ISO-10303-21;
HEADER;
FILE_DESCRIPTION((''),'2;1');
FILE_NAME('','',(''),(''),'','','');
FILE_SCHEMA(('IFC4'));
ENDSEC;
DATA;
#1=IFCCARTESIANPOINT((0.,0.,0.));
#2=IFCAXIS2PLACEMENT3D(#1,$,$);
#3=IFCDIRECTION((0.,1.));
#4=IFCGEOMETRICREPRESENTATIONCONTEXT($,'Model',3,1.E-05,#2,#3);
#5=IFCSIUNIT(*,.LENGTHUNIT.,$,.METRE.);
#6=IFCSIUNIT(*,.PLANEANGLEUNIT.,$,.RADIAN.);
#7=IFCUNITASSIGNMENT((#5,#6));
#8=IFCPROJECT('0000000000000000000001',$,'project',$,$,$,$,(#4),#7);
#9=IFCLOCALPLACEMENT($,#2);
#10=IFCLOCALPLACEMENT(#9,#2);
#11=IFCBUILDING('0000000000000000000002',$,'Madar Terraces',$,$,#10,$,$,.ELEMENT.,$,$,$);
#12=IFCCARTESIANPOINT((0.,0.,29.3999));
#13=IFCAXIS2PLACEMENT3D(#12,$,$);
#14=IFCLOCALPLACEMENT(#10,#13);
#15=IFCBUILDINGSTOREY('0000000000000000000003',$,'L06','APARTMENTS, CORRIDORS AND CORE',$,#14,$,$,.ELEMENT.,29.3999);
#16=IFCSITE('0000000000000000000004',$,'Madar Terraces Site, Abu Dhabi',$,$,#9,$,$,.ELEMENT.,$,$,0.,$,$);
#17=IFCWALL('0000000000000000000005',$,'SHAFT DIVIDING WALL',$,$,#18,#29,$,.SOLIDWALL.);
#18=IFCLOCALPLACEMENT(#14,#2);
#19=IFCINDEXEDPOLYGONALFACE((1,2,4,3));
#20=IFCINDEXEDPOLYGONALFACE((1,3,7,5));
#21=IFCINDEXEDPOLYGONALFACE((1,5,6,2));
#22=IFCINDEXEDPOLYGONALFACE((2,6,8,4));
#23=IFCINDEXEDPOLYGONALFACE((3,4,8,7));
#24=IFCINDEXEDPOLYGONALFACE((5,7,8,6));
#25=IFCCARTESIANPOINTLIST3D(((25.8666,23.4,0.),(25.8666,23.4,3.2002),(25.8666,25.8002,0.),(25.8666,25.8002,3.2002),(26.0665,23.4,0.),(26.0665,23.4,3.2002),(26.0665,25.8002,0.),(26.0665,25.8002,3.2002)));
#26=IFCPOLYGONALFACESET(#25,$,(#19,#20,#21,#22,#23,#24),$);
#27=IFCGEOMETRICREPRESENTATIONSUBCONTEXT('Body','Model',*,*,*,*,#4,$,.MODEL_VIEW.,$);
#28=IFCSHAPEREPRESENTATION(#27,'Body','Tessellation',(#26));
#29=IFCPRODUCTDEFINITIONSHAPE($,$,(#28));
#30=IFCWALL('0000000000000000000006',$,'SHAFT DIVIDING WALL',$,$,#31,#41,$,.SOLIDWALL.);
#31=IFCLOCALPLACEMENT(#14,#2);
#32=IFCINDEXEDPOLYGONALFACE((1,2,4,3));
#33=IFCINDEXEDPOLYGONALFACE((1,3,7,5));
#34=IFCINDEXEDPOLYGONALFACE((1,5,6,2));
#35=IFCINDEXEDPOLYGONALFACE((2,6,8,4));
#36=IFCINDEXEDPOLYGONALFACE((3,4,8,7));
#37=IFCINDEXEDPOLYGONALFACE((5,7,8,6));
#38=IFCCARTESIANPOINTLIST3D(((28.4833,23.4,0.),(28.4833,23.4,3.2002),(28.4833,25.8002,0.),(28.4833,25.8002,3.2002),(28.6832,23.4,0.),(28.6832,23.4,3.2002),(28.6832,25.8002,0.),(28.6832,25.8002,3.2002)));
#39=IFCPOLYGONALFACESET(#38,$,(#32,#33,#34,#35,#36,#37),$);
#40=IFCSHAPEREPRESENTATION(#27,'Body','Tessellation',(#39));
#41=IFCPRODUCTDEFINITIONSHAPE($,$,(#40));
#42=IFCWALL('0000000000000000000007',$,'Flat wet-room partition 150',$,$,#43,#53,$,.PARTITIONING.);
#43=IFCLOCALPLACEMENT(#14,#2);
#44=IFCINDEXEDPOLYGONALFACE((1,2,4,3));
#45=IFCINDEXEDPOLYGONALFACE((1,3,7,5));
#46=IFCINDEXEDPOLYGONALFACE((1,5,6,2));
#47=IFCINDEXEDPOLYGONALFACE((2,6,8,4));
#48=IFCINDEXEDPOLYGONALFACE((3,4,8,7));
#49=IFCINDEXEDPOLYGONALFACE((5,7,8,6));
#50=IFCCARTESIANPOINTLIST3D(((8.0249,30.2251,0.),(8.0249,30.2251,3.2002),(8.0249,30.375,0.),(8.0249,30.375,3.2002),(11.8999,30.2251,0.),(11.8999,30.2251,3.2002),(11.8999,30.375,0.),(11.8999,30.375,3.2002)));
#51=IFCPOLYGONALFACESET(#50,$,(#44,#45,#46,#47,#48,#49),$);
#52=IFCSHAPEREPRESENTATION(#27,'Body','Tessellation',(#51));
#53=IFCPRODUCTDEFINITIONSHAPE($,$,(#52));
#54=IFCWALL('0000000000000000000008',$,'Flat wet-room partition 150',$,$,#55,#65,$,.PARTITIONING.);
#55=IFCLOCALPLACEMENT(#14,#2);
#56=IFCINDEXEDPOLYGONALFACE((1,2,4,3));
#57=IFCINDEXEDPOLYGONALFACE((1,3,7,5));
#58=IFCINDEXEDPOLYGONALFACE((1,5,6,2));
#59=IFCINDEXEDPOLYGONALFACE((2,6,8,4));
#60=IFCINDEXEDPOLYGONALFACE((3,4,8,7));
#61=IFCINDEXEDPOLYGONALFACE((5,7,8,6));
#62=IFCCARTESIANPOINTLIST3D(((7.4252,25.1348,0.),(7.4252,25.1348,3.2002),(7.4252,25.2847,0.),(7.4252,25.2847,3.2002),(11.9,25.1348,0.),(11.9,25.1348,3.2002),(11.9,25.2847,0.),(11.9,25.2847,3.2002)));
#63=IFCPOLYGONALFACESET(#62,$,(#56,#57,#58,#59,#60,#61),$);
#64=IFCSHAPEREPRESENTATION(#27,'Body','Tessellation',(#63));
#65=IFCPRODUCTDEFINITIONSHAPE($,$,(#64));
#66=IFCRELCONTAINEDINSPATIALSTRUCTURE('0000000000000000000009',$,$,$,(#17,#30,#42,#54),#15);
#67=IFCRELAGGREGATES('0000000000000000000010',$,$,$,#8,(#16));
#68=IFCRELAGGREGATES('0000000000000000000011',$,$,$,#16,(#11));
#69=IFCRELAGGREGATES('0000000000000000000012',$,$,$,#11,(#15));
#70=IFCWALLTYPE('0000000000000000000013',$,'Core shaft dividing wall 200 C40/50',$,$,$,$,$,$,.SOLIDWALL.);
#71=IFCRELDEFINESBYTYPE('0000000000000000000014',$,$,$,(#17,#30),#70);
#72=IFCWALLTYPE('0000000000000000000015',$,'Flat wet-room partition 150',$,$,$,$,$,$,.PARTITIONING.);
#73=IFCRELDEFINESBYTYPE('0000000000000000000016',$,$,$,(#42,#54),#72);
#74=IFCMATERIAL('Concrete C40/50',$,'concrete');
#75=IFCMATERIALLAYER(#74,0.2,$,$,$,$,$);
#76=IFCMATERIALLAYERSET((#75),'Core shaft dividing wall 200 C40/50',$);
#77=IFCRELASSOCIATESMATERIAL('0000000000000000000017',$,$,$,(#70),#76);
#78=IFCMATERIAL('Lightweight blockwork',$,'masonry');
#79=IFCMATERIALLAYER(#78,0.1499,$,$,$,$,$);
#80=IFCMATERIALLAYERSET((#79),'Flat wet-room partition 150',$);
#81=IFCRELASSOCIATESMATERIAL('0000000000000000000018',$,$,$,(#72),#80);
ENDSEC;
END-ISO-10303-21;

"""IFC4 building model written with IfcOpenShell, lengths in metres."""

from ifc_helpers import new_model, si_unit, direction, frame, frame_2d, origin, place, context, subcontext, project, spatial, rectangle, extrude, material, layer, layer_set, type_object, element, save


model = new_model("IFC4")

# Units and contexts
model_context = context("Model", 3, precision=1e-05, world=origin(), true_north=direction((0.0, 1.0)))
body_context = subcontext(model_context, "Body", "Model", "MODEL_VIEW")
ifc_project = project(units=[si_unit("LENGTHUNIT", "METRE"), si_unit("PLANEANGLEUNIT", "RADIAN")], contexts=[model_context])

# Site, building, storey
site_placement = place(None, origin())
site = spatial("IfcSite", under=ifc_project, at=site_placement, Name="Madar Terraces Site, Abu Dhabi", CompositionType="ELEMENT", RefElevation=0.0)
building_placement = place(site_placement, origin())
building = spatial("IfcBuilding", under=site, at=building_placement, Name="Madar Terraces", CompositionType="ELEMENT")
storey_placement = place(building_placement, frame((0.0, 0.0, 29.3999)))
storey = spatial("IfcBuildingStorey", under=building, at=storey_placement, Name="L06", Description="APARTMENTS, CORRIDORS AND CORE", CompositionType="ELEMENT", Elevation=29.3999)

# Walls
ifc_material_1 = material(Name="Concrete C40/50", Category="concrete")
ifc_layer_1 = layer(ifc_material_1, 0.2)
ifc_layer_set_1 = layer_set([ifc_layer_1], Name="Core shaft dividing wall 200 C40/50")
wall_type_1 = type_object("IfcWallType", Name="Core shaft dividing wall 200 C40/50", PredefinedType="SOLIDWALL", material=ifc_layer_set_1)
for number, where, z_axis, x_axis, name in (
    (1, (25.9666, 23.3999, 0.0), (0.0, 0.0, 1.0), (0.0, 1.0, 0.0), "SHAFT DIVIDING WALL"),
    (2, (28.5833, 23.3999, 0.0), (0.0, 0.0, 1.0), (0.0, 1.0, 0.0), "SHAFT DIVIDING WALL"),
):
    element("IfcWall", number, at=place(storey_placement, frame(where, z_axis=z_axis, x_axis=x_axis)), inside=storey, type_object=wall_type_1, Name=name, PredefinedType="SOLIDWALL", context=body_context, shape_type="SweptSolid", body=[
        extrude(rectangle(XDim=2.4001, YDim=0.2, at=frame_2d((1.2002, 0.0))), origin(), (0.0, 0.0, 1.0), 3.2002),
    ])
ifc_material_2 = material(Name="Lightweight blockwork", Category="masonry")
ifc_layer_2 = layer(ifc_material_2, 0.1499)
ifc_layer_set_2 = layer_set([ifc_layer_2], Name="Flat wet-room partition 150")
wall_type_2 = type_object("IfcWallType", Name="Flat wet-room partition 150", PredefinedType="PARTITIONING", material=ifc_layer_set_2)
wall_1_placement = place(storey_placement, frame((11.8999, 30.3, 0.0), z_axis=(0.0, 0.0, 1.0), x_axis=(-1.0, 0.0, 0.0)))
element("IfcWall", 3, at=wall_1_placement, inside=storey, type_object=wall_type_2, Name="Flat wet-room partition 150", PredefinedType="PARTITIONING", context=body_context, shape_type="SweptSolid", body=[
    extrude(rectangle(XDim=3.875, YDim=0.1499, at=frame_2d((1.9375, 0.0))), origin(), (0.0, 0.0, 1.0), 3.2002),
])
wall_2_placement = place(storey_placement, frame((11.8999, 25.2097, 0.0), z_axis=(0.0, 0.0, 1.0), x_axis=(-1.0, 0.0, 0.0)))
element("IfcWall", 4, at=wall_2_placement, inside=storey, type_object=wall_type_2, Name="Flat wet-room partition 150", PredefinedType="PARTITIONING", context=body_context, shape_type="SweptSolid", body=[
    extrude(rectangle(XDim=4.4749, YDim=0.1499, at=frame_2d((2.2373, 0.0))), origin(), (0.0, 0.0, 1.0), 3.2002),
])

save(model, "model.ifc")
